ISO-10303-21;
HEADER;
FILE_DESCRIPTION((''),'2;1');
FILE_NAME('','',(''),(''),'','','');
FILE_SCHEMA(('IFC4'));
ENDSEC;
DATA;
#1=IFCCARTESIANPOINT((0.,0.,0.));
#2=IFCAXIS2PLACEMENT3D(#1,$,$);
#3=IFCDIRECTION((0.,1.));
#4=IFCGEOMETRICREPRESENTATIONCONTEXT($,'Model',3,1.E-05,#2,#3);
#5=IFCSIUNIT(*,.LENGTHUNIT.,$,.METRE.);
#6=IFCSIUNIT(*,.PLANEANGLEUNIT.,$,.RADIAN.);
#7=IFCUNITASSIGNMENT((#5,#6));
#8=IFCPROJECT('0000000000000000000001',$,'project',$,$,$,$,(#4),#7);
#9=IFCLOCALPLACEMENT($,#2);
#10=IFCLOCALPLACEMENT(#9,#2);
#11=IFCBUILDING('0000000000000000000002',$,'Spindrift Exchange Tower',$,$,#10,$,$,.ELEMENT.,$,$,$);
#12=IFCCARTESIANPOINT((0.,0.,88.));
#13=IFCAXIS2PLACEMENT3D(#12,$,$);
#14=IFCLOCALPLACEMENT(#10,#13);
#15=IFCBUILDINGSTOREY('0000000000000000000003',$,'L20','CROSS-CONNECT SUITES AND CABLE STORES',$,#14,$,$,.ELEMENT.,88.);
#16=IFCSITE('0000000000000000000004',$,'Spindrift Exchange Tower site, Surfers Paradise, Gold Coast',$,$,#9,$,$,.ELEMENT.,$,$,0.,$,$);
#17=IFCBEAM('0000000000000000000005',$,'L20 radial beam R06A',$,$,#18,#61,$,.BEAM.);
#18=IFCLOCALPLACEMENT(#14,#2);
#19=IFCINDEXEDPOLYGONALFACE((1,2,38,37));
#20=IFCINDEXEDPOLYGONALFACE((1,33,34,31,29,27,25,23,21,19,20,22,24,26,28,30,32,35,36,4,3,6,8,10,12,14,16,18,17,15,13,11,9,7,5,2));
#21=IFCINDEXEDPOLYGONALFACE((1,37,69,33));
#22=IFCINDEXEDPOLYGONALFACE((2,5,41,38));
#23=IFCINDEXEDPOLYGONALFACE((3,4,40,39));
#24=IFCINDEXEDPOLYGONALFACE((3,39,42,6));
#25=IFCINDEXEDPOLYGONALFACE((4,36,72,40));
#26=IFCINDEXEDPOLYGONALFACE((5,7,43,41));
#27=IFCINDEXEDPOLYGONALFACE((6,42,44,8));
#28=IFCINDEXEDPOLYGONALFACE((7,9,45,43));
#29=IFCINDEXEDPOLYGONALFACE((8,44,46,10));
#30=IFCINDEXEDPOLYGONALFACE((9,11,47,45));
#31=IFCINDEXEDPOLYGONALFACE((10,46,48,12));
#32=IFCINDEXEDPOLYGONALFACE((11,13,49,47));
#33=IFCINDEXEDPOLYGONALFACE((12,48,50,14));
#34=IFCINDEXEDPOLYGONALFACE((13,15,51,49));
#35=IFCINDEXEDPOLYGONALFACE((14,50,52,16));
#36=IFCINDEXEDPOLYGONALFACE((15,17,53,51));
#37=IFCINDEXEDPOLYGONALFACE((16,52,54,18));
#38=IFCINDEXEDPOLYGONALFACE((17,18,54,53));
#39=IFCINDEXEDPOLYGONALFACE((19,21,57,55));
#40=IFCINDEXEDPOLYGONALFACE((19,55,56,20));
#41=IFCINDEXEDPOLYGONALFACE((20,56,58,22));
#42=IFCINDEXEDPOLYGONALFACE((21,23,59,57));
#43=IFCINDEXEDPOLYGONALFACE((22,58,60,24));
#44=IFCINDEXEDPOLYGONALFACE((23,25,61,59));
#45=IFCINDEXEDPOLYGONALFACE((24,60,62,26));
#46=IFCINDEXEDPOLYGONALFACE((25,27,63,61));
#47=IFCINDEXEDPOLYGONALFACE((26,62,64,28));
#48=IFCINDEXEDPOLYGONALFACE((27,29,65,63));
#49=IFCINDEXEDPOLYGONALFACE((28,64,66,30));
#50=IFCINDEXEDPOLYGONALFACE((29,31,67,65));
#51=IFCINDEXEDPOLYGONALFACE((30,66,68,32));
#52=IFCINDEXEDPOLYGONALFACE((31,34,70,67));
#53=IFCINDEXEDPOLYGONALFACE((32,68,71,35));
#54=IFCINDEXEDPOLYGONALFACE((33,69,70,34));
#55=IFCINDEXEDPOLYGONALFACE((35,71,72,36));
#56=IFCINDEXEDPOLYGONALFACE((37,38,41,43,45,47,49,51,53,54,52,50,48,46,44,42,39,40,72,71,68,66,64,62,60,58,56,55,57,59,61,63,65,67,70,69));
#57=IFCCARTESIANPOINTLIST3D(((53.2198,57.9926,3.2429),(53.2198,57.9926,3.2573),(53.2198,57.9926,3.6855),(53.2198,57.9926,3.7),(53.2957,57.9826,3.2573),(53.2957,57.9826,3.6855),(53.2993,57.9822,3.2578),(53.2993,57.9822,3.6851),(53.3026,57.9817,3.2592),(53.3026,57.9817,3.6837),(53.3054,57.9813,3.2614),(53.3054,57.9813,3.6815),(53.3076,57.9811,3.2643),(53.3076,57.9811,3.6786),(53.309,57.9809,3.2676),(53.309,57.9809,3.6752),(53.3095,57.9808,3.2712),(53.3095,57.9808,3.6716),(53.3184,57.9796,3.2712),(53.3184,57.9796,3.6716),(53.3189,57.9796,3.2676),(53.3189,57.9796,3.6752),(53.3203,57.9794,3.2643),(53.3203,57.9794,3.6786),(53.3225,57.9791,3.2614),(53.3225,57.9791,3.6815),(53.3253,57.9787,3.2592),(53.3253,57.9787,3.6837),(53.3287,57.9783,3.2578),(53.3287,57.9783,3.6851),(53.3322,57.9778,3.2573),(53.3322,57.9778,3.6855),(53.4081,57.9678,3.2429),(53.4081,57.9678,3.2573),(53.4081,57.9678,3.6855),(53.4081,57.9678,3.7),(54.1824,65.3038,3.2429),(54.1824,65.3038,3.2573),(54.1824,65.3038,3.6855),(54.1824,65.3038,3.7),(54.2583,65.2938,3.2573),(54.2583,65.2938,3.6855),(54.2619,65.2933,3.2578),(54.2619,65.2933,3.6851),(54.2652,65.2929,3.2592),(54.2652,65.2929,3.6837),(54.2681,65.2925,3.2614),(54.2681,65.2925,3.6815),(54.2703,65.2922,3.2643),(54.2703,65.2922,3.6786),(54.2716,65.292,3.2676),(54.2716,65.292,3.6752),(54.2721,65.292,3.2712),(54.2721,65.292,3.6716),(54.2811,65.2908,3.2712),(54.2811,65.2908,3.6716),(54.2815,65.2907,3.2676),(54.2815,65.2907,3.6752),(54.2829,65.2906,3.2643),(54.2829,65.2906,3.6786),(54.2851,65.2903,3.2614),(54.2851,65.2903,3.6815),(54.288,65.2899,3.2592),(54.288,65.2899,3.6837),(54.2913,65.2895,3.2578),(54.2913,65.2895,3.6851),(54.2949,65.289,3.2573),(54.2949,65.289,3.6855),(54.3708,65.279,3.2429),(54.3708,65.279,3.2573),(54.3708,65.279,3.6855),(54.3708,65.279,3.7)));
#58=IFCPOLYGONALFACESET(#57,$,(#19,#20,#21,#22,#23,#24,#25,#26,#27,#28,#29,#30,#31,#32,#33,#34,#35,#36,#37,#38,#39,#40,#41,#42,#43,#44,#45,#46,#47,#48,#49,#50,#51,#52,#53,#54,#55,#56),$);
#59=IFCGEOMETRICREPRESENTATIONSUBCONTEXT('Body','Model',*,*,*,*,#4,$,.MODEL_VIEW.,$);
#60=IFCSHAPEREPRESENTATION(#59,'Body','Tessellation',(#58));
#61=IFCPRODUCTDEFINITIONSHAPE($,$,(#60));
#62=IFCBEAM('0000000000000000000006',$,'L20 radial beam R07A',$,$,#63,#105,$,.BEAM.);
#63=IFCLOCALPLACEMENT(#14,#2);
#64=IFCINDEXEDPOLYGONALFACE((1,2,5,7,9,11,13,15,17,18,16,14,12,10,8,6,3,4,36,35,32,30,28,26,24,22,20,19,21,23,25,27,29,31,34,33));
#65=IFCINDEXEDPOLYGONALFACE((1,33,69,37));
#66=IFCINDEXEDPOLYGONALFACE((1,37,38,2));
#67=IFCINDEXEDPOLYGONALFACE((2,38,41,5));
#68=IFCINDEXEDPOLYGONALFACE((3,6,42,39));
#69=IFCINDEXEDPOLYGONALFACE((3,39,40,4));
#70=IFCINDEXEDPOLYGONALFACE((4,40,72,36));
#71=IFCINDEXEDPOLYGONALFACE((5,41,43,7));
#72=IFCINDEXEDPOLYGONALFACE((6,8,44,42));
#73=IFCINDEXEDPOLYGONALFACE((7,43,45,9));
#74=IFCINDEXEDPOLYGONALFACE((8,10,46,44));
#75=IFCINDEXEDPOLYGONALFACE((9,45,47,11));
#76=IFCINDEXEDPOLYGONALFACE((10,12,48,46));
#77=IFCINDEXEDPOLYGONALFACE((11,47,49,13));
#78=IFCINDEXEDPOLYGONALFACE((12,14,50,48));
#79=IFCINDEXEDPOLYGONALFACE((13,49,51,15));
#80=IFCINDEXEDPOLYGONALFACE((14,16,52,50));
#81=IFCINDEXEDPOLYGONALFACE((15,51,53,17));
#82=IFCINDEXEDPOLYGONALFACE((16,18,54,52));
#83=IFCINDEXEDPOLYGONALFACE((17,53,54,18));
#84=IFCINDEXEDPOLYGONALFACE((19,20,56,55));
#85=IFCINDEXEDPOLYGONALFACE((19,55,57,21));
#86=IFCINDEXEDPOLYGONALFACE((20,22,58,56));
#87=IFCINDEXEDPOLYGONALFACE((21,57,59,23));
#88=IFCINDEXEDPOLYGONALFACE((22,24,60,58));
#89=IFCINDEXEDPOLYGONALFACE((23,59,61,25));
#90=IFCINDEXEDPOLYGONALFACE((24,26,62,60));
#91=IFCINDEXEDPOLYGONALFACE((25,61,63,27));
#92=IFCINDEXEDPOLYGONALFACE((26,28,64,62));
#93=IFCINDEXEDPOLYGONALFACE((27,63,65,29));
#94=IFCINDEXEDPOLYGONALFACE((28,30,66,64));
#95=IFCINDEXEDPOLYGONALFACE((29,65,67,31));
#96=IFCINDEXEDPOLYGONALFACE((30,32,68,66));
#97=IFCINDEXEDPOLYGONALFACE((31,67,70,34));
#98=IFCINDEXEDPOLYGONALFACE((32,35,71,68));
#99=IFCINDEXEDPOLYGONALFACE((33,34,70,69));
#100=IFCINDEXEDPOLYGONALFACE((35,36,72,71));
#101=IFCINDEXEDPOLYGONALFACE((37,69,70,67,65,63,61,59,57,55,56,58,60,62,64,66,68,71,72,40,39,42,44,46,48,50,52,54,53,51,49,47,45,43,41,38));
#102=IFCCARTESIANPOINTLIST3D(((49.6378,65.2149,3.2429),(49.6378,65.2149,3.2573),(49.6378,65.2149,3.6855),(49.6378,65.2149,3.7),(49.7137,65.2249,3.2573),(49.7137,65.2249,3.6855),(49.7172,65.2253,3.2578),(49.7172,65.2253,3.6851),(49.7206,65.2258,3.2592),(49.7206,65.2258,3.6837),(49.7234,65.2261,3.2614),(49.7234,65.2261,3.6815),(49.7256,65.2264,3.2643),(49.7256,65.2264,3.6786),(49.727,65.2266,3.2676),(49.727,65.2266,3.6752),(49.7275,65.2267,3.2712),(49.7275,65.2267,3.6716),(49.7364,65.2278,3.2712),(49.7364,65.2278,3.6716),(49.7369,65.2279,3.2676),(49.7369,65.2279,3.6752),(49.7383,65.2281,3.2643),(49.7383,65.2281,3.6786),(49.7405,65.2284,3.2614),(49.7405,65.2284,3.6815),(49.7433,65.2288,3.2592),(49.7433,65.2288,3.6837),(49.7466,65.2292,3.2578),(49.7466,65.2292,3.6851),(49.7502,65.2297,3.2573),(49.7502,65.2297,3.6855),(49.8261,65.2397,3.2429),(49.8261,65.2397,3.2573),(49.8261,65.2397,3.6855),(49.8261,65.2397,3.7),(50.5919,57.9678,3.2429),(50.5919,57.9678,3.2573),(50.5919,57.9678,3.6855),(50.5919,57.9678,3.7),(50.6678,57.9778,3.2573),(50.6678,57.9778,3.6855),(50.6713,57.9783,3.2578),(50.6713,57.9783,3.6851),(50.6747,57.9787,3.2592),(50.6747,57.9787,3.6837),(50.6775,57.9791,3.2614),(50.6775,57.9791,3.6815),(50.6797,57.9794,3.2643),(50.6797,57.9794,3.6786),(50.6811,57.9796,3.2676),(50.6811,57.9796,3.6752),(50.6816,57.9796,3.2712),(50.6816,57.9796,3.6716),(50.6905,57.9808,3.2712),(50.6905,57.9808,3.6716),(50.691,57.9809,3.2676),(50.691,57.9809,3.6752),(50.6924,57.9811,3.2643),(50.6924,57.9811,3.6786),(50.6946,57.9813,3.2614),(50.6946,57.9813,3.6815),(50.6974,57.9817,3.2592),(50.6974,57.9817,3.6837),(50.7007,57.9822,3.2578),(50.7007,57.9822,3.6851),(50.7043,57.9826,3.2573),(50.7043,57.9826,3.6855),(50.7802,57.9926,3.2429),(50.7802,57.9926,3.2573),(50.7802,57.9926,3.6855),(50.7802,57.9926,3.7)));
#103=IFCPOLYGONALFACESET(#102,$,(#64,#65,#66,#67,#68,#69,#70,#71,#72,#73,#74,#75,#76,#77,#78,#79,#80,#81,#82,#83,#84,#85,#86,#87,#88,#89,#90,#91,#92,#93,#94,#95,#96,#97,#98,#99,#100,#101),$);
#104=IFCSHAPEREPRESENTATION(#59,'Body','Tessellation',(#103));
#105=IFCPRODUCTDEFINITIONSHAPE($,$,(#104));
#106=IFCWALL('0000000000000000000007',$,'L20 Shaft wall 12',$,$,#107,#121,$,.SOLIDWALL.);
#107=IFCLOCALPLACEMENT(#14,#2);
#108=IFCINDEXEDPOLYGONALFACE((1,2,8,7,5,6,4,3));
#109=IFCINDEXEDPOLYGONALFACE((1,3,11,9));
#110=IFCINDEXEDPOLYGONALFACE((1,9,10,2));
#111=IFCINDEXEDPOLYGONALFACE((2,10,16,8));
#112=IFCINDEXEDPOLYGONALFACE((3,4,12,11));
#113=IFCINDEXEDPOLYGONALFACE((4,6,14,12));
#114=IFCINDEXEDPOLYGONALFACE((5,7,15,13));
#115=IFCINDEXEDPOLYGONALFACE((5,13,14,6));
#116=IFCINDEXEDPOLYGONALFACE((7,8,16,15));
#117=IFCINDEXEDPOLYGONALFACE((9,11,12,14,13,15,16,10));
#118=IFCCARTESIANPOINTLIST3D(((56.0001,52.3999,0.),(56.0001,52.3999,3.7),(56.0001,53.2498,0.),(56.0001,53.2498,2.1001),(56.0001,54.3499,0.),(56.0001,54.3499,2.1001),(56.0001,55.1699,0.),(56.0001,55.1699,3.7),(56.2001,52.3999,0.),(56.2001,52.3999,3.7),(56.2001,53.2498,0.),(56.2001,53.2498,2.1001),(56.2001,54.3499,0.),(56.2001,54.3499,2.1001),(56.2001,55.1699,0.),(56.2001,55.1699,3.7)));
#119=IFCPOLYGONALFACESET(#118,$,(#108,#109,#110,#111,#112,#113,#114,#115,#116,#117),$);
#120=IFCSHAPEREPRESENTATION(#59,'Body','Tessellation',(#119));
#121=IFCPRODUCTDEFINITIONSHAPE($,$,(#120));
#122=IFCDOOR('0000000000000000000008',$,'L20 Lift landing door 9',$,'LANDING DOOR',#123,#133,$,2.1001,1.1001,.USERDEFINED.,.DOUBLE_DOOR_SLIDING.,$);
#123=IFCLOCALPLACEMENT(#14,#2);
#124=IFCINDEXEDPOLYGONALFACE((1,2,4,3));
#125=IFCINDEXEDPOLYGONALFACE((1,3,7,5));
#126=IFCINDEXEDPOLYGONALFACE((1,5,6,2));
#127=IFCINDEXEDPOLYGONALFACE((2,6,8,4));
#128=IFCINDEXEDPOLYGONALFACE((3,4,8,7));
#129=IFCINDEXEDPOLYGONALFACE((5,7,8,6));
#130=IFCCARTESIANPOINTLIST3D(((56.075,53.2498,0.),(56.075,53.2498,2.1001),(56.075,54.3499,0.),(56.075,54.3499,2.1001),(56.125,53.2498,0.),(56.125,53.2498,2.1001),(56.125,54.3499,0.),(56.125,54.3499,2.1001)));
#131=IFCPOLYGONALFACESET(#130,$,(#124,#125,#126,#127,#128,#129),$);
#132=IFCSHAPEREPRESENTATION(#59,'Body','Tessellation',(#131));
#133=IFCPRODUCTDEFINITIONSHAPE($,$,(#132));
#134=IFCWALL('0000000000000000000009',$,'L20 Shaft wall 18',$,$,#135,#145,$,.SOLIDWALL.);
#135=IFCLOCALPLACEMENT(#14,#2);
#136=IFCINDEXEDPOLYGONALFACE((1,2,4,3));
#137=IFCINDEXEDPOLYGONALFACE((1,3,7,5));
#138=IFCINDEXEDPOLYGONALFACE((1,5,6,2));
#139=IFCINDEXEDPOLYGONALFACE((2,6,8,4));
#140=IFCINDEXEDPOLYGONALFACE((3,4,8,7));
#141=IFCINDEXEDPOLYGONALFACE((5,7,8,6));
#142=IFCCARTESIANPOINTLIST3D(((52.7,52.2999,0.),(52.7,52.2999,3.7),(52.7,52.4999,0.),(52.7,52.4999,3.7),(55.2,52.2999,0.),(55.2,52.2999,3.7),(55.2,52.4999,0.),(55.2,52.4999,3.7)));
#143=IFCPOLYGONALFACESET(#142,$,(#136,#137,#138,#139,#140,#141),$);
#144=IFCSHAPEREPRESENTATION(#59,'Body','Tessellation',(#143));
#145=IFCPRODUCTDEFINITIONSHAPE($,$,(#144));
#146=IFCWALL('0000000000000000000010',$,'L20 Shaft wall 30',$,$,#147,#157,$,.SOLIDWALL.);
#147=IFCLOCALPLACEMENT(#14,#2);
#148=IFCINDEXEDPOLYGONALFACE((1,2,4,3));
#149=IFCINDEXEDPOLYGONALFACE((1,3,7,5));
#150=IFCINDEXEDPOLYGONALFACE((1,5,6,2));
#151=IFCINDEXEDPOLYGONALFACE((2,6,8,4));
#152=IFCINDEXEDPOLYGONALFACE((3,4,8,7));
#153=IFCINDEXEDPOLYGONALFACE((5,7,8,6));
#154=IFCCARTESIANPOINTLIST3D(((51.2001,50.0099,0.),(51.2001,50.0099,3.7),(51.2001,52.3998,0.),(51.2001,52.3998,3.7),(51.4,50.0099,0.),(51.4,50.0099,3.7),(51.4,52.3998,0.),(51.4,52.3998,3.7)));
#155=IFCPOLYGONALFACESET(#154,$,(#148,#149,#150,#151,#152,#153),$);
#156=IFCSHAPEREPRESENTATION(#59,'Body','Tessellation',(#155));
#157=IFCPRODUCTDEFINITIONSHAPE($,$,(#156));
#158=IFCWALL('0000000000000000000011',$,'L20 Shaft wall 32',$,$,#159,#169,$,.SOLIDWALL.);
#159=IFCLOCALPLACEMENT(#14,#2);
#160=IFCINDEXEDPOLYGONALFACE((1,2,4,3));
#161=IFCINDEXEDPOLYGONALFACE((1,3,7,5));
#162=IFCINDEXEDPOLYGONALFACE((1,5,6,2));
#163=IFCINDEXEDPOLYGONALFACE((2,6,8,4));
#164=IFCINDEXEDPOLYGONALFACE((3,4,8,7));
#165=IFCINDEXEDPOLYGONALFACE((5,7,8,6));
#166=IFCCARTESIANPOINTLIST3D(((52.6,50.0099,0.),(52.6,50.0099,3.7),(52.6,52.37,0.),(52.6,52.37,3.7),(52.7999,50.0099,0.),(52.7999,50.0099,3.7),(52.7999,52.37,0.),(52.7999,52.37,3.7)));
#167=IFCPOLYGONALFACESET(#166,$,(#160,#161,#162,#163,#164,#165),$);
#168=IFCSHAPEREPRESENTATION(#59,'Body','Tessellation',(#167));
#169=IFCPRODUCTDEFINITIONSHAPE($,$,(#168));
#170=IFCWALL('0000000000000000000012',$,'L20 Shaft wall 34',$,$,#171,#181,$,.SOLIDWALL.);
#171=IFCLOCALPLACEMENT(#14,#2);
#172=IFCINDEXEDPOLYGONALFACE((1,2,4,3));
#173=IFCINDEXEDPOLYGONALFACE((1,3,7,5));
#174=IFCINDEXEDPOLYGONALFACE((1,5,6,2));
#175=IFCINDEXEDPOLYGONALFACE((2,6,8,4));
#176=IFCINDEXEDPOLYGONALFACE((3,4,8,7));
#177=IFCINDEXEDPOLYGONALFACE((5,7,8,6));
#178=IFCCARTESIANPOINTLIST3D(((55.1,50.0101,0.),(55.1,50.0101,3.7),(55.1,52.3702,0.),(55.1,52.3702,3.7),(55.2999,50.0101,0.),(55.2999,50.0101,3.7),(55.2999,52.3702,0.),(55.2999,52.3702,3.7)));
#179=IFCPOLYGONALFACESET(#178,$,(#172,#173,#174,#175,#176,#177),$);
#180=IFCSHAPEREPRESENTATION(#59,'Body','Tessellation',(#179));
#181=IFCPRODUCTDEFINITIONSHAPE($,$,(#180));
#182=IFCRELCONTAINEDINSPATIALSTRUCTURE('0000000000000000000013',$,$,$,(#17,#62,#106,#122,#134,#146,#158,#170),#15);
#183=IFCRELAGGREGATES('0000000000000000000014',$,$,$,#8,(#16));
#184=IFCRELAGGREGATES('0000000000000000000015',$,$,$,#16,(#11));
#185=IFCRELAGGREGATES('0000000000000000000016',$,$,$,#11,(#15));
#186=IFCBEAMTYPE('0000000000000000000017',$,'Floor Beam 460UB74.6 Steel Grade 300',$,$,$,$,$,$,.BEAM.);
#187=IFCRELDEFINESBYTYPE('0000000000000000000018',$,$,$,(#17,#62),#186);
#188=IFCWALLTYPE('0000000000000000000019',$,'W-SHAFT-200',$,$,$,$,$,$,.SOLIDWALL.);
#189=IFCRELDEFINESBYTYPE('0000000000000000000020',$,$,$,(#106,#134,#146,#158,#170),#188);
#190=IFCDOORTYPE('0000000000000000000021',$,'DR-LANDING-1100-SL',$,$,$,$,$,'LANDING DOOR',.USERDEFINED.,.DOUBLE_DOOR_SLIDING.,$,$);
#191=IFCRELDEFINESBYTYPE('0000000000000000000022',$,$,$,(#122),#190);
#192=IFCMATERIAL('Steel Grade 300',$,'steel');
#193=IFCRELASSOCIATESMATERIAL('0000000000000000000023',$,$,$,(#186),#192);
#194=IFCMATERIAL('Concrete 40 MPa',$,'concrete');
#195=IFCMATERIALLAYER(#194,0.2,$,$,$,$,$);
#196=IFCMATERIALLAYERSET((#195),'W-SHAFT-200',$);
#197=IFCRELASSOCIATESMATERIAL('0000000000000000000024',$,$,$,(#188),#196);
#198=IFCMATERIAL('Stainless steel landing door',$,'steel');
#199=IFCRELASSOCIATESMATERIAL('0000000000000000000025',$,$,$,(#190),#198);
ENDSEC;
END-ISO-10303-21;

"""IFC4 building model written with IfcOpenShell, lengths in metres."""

from ifc_helpers import new_model, si_unit, direction, frame, frame_2d, origin, origin_2d, place, context, subcontext, project, spatial, rectangle, i_section, extrude, source, transform, mapped, material, layer, layer_set, material_profile, profile_set, type_object, element, fill, save


model = new_model("IFC4")

# Units and contexts
model_context = context("Model", 3, precision=1e-05, world=origin(), true_north=direction((0.0, 1.0)))
body_context = subcontext(model_context, "Body", "Model", "MODEL_VIEW")
ifc_project = project(units=[si_unit("LENGTHUNIT", "METRE"), si_unit("PLANEANGLEUNIT", "RADIAN")], contexts=[model_context])

# Site, building, storey
site_placement = place(None, origin())
site = spatial("IfcSite", under=ifc_project, at=site_placement, Name="Spindrift Exchange Tower site, Surfers Paradise, Gold Coast", CompositionType="ELEMENT", RefElevation=0.0)
building_placement = place(site_placement, origin())
building = spatial("IfcBuilding", under=site, at=building_placement, Name="Spindrift Exchange Tower", CompositionType="ELEMENT")
storey_placement = place(building_placement, frame((0.0, 0.0, 88.0)))
storey = spatial("IfcBuildingStorey", under=building, at=storey_placement, Name="L20", Description="CROSS-CONNECT SUITES AND CABLE STORES", CompositionType="ELEMENT", Elevation=88.0)

# Beams
ifc_material_1 = material(Name="Steel Grade 300", Category="steel")
ifc_material_profile = material_profile(ifc_material_1, i_section(OverallWidth=0.1899, OverallDepth=0.457, WebThickness=0.009, FlangeThickness=0.0144, FilletRadius=0.0139, at=origin_2d()), Name="460UB74.6")
ifc_profile_set = profile_set([ifc_material_profile], Name="Steel Grade 300")
beam_type = type_object("IfcBeamType", Name="Floor Beam 460UB74.6 Steel Grade 300", PredefinedType="BEAM", material=ifc_profile_set)
shared_shape_1 = source(origin(), body_context, "Body", "SweptSolid", [
    extrude(i_section(OverallWidth=0.1899, OverallDepth=0.457, WebThickness=0.009, FlangeThickness=0.0144, FilletRadius=0.0139, at=origin_2d()), origin(), (0.0, 0.0, 1.0), 7.3743),
])
beam_1_placement = place(storey_placement, frame((53.314, 57.9802, 3.4714), z_axis=(0.130539, 0.991443, 0.0), x_axis=(-0.991443, 0.130539, 0.0)))
element("IfcBeam", 1, at=beam_1_placement, inside=storey, type_object=beam_type, Name="L20 radial beam R06A", PredefinedType="BEAM", context=body_context, shape_type="MappedRepresentation", body=[
    mapped(shared_shape_1, transform((0.0, 0.0, 0.0), scale=1.0)),
])
shared_shape_2 = source(origin(), body_context, "Body", "SweptSolid", [
    extrude(i_section(OverallWidth=0.1899, OverallDepth=0.457, WebThickness=0.009, FlangeThickness=0.0144, FilletRadius=0.0139, at=origin_2d()), origin(), (0.0, 0.0, 1.0), 7.3096),
])
beam_2_placement = place(storey_placement, frame((50.686, 57.9802, 3.4714), z_axis=(-0.130527, 0.991445, 0.0), x_axis=(-0.991445, -0.130527, 0.0)))
element("IfcBeam", 2, at=beam_2_placement, inside=storey, type_object=beam_type, Name="L20 radial beam R07A", PredefinedType="BEAM", context=body_context, shape_type="MappedRepresentation", body=[
    mapped(shared_shape_2, transform((0.0, 0.0, 0.0), scale=1.0)),
])

# Wall, opening, door
ifc_material_2 = material(Name="Concrete 40 MPa", Category="concrete")
ifc_layer_1 = layer(ifc_material_2, 0.2)
ifc_layer_set_1 = layer_set([ifc_layer_1], Name="W-SHAFT-200")
wall_type_1 = type_object("IfcWallType", Name="W-SHAFT-200", PredefinedType="SOLIDWALL", material=ifc_layer_set_1)
wall_1_placement = place(storey_placement, frame((56.1001, 55.1699, 0.0), z_axis=(0.0, 0.0, 1.0), x_axis=(0.0, -1.0, 0.0)))
wall_1 = element("IfcWall", 3, at=wall_1_placement, inside=storey, type_object=wall_type_1, Name="L20 Shaft wall 12", PredefinedType="SOLIDWALL", context=body_context, shape_type="SweptSolid", body=[
    extrude(rectangle(XDim=2.77, YDim=0.2, at=frame_2d((1.385, 0.0))), origin(), (0.0, 0.0, 1.0), 3.7),
])
opening_1_placement = place(wall_1_placement, frame((0.8201, 0.0, 0.0)))
opening_1 = element("IfcOpeningElement", 4, at=opening_1_placement, cuts=wall_1, PredefinedType="OPENING", context=body_context, shape_type="SweptSolid", body=[
    extrude(rectangle(XDim=1.1001, YDim=2.1001, at=frame_2d((0.55, 1.05))), frame((0.0, 0.1099, 0.0), z_axis=(0.0, -1.0, 0.0), x_axis=(1.0, 0.0, 0.0)), (0.0, 0.0, 1.0), 0.22),
])
ifc_material_3 = material(Name="Stainless steel landing door", Category="steel")
door_type_1 = type_object("IfcDoorType", Name="DR-LANDING-1100-SL", ElementType="LANDING DOOR", OperationType="DOUBLE_DOOR_SLIDING", PredefinedType="USERDEFINED", material=ifc_material_3)
shared_shape_3 = source(origin(), body_context, "Body", "SweptSolid", [
    extrude(rectangle(XDim=1.1001, YDim=2.1001, at=frame_2d((0.55, 1.05))), frame((0.0, 0.0249, 0.0), z_axis=(0.0, -1.0, 0.0), x_axis=(1.0, 0.0, 0.0)), (0.0, 0.0, 1.0), 0.05),
])
door_1_placement = place(opening_1_placement, origin())
door_1 = element("IfcDoor", 5, at=door_1_placement, inside=storey, type_object=door_type_1, Name="L20 Lift landing door 9", ObjectType="LANDING DOOR", OperationType="DOUBLE_DOOR_SLIDING", OverallHeight=2.1001, OverallWidth=1.1001, PredefinedType="USERDEFINED", context=body_context, shape_type="MappedRepresentation", body=[
    mapped(shared_shape_3, transform((0.0, 0.0, 0.0), scale=1.0)),
])
fill(opening_1, door_1)

# Walls
wall_2_placement = place(storey_placement, frame((55.2, 52.3999, 0.0), z_axis=(0.0, 0.0, 1.0), x_axis=(-1.0, 0.0, 0.0)))
element("IfcWall", 6, at=wall_2_placement, inside=storey, type_object=wall_type_1, Name="L20 Shaft wall 18", PredefinedType="SOLIDWALL", context=body_context, shape_type="SweptSolid", body=[
    extrude(rectangle(XDim=2.5, YDim=0.2, at=frame_2d((1.25, 0.0))), origin(), (0.0, 0.0, 1.0), 3.7),
])
wall_3_placement = place(storey_placement, frame((51.3, 50.01, 0.0), z_axis=(0.0, 0.0, 1.0), x_axis=(0.0, 1.0, 0.0)))
element("IfcWall", 7, at=wall_3_placement, inside=storey, type_object=wall_type_1, Name="L20 Shaft wall 30", PredefinedType="SOLIDWALL", context=body_context, shape_type="SweptSolid", body=[
    extrude(rectangle(XDim=2.3899, YDim=0.2, at=frame_2d((1.1948, 0.0))), origin(), (0.0, 0.0, 1.0), 3.7),
])
for number, where, z_axis, x_axis, name in (
    (8, (52.7, 52.3701, 0.0), (0.0, 0.0, 1.0), (0.0, -1.0, 0.0), "L20 Shaft wall 32"),
    (9, (55.2, 50.01, 0.0), (0.0, 0.0, 1.0), (0.0, 1.0, 0.0), "L20 Shaft wall 34"),
):
    element("IfcWall", number, at=place(storey_placement, frame(where, z_axis=z_axis, x_axis=x_axis)), inside=storey, type_object=wall_type_1, Name=name, PredefinedType="SOLIDWALL", context=body_context, shape_type="SweptSolid", body=[
        extrude(rectangle(XDim=2.3601, YDim=0.2, at=frame_2d((1.1802, 0.0))), origin(), (0.0, 0.0, 1.0), 3.7),
    ])

save(model, "model.ifc")
